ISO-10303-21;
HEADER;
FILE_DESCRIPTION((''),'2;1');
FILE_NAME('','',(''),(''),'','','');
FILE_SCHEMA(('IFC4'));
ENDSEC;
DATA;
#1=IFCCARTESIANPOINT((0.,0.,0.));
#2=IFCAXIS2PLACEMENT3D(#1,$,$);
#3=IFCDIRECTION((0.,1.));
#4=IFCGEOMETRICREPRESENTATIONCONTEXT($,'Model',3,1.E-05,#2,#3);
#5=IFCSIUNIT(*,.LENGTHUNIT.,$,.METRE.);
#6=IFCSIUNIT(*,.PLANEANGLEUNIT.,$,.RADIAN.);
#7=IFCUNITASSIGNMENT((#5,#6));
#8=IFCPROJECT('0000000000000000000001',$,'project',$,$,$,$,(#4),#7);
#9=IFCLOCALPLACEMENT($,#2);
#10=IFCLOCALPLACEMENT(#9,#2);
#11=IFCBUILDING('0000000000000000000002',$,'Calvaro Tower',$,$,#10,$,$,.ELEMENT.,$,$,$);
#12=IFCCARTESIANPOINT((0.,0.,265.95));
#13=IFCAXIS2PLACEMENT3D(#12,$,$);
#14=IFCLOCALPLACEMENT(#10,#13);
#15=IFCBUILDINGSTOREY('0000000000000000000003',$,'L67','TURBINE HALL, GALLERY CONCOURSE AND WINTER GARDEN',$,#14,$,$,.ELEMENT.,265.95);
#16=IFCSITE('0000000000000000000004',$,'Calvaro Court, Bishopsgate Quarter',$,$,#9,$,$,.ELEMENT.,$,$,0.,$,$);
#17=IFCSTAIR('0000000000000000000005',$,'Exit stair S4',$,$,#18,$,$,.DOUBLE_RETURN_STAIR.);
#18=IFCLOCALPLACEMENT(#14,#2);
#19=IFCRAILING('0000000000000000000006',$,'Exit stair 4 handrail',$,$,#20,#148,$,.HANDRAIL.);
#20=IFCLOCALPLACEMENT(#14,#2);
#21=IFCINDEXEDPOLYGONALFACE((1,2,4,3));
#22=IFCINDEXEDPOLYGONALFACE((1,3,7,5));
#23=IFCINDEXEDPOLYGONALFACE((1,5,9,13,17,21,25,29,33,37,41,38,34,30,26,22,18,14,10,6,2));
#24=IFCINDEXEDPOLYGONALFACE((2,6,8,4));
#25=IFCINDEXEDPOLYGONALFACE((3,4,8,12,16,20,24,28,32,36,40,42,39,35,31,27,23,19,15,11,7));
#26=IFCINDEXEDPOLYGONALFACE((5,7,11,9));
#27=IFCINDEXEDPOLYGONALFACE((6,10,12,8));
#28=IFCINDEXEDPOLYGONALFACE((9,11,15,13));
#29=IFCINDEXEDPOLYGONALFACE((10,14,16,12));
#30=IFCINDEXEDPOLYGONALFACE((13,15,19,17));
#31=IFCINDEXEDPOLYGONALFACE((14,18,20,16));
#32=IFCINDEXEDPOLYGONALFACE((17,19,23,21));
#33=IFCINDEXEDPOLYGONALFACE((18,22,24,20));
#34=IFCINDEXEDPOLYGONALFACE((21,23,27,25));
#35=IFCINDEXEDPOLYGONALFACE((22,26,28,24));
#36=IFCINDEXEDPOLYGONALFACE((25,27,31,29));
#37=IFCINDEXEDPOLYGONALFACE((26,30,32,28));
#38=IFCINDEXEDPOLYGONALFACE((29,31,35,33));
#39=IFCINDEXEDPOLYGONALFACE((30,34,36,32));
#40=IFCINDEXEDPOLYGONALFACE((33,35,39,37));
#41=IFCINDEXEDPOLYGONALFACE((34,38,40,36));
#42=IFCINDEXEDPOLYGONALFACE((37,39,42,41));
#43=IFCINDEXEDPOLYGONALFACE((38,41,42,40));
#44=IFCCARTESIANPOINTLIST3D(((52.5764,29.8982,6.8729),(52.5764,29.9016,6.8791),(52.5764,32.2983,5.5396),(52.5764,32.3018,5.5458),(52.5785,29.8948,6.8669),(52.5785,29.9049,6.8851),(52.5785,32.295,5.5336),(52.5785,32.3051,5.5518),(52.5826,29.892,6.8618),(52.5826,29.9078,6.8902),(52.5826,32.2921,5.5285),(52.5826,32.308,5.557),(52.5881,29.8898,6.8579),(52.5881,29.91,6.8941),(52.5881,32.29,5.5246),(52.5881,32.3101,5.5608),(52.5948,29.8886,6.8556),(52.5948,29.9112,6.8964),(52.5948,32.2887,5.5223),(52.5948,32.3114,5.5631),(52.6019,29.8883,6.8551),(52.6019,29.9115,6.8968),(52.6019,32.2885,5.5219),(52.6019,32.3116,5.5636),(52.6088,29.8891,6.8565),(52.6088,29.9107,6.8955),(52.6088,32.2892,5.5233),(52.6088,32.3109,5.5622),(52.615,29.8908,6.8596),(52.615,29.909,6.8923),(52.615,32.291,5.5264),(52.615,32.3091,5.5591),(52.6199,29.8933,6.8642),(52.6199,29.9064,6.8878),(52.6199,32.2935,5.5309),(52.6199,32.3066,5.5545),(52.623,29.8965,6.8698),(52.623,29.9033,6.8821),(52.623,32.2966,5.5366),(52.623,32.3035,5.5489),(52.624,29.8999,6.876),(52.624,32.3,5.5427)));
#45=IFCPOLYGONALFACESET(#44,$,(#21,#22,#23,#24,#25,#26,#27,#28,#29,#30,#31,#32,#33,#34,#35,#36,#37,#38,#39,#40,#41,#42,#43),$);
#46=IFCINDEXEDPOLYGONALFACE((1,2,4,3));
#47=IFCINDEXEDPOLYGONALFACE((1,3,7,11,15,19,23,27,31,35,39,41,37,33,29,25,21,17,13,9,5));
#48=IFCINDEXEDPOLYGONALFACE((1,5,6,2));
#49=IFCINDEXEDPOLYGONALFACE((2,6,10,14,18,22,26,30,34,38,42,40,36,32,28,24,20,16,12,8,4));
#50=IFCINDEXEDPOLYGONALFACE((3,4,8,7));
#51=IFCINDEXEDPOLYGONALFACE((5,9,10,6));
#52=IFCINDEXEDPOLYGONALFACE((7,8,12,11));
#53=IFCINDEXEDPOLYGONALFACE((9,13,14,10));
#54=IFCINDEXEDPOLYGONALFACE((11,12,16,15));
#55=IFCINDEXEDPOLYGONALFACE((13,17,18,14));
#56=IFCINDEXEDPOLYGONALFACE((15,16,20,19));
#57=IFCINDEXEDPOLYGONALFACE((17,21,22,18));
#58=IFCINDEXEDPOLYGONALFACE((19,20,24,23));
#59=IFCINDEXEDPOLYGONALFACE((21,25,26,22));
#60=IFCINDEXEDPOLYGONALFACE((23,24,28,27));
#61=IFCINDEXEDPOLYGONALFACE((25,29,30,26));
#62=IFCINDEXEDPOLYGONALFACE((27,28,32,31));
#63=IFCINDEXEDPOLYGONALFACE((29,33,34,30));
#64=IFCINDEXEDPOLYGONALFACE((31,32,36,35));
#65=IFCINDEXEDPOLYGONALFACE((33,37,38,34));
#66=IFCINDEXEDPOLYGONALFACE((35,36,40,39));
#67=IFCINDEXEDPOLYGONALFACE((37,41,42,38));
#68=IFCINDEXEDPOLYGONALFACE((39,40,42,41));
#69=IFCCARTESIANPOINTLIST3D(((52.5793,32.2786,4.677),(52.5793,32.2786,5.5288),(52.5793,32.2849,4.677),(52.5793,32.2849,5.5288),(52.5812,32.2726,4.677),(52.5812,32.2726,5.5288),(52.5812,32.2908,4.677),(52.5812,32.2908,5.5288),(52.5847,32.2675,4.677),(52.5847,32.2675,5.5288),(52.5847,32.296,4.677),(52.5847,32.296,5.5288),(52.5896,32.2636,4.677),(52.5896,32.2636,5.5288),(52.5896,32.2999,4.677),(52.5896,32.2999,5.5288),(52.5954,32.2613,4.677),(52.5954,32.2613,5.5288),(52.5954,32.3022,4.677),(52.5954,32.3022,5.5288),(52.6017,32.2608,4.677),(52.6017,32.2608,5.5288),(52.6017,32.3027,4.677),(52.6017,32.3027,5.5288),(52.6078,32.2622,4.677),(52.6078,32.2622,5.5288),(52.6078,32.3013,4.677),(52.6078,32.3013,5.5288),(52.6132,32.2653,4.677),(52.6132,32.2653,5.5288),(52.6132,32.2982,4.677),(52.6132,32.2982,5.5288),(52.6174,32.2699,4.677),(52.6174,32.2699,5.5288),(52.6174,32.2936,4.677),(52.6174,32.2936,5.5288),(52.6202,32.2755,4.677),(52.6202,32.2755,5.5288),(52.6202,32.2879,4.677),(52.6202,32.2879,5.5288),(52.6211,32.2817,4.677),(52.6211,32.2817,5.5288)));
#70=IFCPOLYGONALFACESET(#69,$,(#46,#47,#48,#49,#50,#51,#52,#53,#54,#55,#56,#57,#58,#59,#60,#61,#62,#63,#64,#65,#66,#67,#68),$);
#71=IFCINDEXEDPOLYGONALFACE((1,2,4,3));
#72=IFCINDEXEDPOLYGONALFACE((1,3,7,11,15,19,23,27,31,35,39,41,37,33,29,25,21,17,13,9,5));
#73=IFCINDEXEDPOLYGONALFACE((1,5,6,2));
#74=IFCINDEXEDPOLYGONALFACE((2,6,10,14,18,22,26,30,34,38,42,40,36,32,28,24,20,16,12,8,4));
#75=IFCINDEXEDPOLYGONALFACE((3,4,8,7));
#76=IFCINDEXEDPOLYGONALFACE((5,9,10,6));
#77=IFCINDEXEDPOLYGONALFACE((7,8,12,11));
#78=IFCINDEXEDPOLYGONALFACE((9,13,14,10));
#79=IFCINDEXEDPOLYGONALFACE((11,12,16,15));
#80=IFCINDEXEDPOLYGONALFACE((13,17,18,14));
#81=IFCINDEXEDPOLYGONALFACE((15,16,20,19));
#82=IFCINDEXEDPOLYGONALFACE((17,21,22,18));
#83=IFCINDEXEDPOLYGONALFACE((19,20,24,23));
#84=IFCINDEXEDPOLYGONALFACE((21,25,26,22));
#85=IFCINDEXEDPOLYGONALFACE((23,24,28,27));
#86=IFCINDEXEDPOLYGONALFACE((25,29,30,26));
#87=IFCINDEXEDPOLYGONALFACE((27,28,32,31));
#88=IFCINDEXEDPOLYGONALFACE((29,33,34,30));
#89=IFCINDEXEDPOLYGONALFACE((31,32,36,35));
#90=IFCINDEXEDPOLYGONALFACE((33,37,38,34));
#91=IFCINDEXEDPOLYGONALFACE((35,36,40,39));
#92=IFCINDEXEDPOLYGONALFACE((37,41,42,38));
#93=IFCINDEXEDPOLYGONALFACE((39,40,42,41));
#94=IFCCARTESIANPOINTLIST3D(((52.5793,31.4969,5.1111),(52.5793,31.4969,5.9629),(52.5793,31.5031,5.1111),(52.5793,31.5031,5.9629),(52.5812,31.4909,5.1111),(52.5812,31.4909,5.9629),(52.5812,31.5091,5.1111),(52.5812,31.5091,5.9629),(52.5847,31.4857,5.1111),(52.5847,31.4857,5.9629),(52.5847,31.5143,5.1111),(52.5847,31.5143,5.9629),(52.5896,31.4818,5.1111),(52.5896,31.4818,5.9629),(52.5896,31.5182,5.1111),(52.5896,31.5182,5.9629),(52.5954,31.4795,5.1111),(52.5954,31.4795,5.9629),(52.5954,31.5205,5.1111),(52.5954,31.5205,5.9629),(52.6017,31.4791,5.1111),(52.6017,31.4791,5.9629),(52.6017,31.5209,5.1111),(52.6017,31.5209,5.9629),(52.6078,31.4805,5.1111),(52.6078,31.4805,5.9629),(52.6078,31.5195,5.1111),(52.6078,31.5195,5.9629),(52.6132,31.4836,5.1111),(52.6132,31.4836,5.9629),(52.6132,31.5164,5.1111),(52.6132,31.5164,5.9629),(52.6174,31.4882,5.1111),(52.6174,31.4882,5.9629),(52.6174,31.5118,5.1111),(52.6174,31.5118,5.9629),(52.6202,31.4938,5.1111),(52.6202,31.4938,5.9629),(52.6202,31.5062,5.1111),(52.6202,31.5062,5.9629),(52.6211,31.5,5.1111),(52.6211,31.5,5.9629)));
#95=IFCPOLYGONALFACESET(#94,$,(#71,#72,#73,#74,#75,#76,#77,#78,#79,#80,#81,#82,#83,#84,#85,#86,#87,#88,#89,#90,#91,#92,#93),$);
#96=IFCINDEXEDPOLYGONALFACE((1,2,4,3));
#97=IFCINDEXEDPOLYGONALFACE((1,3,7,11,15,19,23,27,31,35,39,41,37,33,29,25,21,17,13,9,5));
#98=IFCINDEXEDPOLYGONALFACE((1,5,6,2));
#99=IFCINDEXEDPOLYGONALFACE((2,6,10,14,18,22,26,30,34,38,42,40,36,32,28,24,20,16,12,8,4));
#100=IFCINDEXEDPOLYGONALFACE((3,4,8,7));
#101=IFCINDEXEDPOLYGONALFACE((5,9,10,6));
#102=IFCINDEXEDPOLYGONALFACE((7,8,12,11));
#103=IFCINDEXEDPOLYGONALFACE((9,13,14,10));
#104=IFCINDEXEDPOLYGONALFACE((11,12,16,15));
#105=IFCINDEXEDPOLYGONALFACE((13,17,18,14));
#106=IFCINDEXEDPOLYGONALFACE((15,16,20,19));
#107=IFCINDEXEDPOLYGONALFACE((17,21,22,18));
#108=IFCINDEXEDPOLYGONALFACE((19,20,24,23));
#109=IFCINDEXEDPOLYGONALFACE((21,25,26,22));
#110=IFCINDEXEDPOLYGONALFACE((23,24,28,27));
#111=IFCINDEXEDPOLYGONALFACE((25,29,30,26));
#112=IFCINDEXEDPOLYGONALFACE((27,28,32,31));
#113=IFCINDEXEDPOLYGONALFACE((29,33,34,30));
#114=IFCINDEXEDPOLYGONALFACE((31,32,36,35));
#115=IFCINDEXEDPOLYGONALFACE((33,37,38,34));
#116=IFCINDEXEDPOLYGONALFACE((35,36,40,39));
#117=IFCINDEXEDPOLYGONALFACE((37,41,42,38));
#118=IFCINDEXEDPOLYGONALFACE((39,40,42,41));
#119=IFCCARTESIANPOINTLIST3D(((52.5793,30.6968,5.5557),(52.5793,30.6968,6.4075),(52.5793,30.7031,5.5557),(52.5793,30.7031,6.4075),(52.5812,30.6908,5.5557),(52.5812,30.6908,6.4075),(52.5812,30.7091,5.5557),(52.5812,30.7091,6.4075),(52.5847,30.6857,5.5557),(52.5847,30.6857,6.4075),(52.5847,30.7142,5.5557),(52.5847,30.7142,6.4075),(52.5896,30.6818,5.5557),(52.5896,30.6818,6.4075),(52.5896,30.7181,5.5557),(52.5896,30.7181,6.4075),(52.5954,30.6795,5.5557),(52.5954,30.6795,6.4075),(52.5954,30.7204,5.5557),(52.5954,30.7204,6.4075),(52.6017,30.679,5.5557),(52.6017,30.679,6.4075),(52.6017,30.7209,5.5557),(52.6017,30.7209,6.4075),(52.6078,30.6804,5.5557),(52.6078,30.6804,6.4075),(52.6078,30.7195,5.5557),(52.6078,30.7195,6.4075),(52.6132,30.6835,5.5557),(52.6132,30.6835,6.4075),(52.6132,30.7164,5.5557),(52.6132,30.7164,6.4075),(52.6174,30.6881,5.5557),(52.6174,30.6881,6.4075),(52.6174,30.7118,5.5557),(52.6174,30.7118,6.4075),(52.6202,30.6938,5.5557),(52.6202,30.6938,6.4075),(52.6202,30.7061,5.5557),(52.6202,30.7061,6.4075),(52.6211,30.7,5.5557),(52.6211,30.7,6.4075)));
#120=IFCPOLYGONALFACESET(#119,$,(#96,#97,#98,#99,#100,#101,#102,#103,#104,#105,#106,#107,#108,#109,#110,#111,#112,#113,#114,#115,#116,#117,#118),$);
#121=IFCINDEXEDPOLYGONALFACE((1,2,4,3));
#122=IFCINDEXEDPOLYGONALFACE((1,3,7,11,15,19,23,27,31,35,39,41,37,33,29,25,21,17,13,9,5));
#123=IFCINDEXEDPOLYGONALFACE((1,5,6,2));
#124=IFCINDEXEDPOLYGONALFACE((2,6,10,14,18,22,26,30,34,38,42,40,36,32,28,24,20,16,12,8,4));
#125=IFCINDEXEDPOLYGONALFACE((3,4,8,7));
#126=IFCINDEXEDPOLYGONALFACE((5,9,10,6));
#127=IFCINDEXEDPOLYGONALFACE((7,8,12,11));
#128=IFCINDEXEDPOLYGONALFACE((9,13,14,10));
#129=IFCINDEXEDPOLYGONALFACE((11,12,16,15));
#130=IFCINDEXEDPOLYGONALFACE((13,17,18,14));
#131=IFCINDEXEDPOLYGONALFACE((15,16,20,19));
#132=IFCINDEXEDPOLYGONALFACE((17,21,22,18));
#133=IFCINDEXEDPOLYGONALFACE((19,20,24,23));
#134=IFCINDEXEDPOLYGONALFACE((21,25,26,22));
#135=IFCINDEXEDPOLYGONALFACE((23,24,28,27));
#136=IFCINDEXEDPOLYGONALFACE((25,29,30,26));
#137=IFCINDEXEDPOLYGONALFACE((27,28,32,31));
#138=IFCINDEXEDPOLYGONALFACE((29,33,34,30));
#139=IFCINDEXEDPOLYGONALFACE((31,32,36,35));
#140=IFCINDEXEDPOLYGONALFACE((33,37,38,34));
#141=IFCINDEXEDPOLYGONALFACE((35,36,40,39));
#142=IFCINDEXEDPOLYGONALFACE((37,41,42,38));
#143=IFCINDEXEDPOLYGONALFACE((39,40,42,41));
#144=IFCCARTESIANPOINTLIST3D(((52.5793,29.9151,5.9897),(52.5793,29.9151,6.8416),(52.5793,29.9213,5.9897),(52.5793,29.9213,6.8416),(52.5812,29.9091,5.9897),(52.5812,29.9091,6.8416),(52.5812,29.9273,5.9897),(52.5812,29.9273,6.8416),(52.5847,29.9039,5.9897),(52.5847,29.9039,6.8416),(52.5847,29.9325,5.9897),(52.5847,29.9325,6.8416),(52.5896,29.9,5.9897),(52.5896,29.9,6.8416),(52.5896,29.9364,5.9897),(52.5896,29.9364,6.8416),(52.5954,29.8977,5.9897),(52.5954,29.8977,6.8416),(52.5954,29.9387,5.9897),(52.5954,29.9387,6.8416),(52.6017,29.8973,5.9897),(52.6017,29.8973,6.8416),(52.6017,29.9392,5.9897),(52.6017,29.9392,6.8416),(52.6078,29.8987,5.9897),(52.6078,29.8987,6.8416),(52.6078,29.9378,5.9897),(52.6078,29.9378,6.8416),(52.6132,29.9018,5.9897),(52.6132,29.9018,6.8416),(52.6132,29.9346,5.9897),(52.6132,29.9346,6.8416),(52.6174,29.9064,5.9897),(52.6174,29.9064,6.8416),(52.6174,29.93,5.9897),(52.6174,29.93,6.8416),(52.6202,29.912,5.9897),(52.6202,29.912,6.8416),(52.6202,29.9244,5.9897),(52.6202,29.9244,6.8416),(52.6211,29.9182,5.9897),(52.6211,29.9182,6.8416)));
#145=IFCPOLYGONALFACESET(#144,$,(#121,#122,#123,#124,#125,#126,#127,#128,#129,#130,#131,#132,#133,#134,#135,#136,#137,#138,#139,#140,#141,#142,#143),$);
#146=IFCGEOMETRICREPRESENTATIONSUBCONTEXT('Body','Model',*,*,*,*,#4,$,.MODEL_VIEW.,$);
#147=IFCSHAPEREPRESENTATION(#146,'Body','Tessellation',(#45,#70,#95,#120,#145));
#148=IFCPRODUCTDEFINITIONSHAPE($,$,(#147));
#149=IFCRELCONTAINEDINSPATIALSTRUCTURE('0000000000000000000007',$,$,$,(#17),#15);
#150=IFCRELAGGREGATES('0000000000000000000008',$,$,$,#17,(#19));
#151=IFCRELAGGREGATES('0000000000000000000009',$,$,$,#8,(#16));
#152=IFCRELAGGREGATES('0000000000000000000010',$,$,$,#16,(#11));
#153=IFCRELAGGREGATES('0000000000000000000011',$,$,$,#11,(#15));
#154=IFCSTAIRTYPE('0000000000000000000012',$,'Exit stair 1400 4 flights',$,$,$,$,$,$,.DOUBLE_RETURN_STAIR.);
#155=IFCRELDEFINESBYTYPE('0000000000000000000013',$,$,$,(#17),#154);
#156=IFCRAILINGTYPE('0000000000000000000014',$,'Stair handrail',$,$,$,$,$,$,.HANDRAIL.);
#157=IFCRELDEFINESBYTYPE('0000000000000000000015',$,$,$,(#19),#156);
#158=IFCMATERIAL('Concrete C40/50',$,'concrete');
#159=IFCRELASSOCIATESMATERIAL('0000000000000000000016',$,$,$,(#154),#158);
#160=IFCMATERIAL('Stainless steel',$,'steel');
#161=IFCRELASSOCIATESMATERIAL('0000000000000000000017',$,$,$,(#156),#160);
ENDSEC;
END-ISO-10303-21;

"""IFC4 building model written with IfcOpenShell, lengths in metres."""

from ifc_helpers import new_model, si_unit, direction, frame, origin, origin_2d, place, context, subcontext, project, spatial, circle, extrude, material, type_object, element, aggregate, save


model = new_model("IFC4")

# Units and contexts
model_context = context("Model", 3, precision=1e-05, world=origin(), true_north=direction((0.0, 1.0)))
body_context = subcontext(model_context, "Body", "Model", "MODEL_VIEW")
ifc_project = project(units=[si_unit("LENGTHUNIT", "METRE"), si_unit("PLANEANGLEUNIT", "RADIAN")], contexts=[model_context])

# Site, building, storey
site_placement = place(None, origin())
site = spatial("IfcSite", under=ifc_project, at=site_placement, Name="Calvaro Court, Bishopsgate Quarter", CompositionType="ELEMENT", RefElevation=0.0)
building_placement = place(site_placement, origin())
building = spatial("IfcBuilding", under=site, at=building_placement, Name="Calvaro Tower", CompositionType="ELEMENT")
storey_placement = place(building_placement, frame((0.0, 0.0, 265.95)))
storey = spatial("IfcBuildingStorey", under=building, at=storey_placement, Name="L67", Description="TURBINE HALL, GALLERY CONCOURSE AND WINTER GARDEN", CompositionType="ELEMENT", Elevation=265.95)

# Stair
ifc_material_1 = material(Name="Concrete C40/50", Category="concrete")
stair_type = type_object("IfcStairType", Name="Exit stair 1400 4 flights", PredefinedType="DOUBLE_RETURN_STAIR", material=ifc_material_1)
stair_1_placement = place(storey_placement, origin())
stair_1 = element("IfcStair", 1, at=stair_1_placement, inside=storey, type_object=stair_type, Name="Exit stair S4", PredefinedType="DOUBLE_RETURN_STAIR")

# Railing
ifc_material_2 = material(Name="Stainless steel", Category="steel")
railing_type_1 = type_object("IfcRailingType", Name="Stair handrail", PredefinedType="HANDRAIL", material=ifc_material_2)
railing_1_placement = place(storey_placement, frame((52.6001, 32.3, 4.6667)))
railing_1 = element("IfcRailing", 2, at=railing_1_placement, type_object=railing_type_1, Name="Exit stair 4 handrail", PredefinedType="HANDRAIL", context=body_context, shape_type="SweptSolid", body=[
    extrude(circle(Radius=0.0239, at=origin_2d()), frame((0.0, 0.0, 0.876), z_axis=(0.0, -0.874182, 0.485598), x_axis=(1.0, 0.0, 0.0)), (0.0, 0.0, 1.0), 2.7456),
    extrude(circle(Radius=0.021, at=origin_2d()), frame((0.0, -0.0183, 0.0103)), (0.0, 0.0, 1.0), 0.8518),
    extrude(circle(Radius=0.021, at=origin_2d()), frame((0.0, -0.8, 0.4443)), (0.0, 0.0, 1.0), 0.8518),
    extrude(circle(Radius=0.021, at=origin_2d()), frame((0.0, -1.6001, 0.8889)), (0.0, 0.0, 1.0), 0.8518),
    extrude(circle(Radius=0.021, at=origin_2d()), frame((0.0, -2.3818, 1.323)), (0.0, 0.0, 1.0), 0.8518),
])
aggregate(stair_1, [railing_1])

save(model, "model.ifc")
